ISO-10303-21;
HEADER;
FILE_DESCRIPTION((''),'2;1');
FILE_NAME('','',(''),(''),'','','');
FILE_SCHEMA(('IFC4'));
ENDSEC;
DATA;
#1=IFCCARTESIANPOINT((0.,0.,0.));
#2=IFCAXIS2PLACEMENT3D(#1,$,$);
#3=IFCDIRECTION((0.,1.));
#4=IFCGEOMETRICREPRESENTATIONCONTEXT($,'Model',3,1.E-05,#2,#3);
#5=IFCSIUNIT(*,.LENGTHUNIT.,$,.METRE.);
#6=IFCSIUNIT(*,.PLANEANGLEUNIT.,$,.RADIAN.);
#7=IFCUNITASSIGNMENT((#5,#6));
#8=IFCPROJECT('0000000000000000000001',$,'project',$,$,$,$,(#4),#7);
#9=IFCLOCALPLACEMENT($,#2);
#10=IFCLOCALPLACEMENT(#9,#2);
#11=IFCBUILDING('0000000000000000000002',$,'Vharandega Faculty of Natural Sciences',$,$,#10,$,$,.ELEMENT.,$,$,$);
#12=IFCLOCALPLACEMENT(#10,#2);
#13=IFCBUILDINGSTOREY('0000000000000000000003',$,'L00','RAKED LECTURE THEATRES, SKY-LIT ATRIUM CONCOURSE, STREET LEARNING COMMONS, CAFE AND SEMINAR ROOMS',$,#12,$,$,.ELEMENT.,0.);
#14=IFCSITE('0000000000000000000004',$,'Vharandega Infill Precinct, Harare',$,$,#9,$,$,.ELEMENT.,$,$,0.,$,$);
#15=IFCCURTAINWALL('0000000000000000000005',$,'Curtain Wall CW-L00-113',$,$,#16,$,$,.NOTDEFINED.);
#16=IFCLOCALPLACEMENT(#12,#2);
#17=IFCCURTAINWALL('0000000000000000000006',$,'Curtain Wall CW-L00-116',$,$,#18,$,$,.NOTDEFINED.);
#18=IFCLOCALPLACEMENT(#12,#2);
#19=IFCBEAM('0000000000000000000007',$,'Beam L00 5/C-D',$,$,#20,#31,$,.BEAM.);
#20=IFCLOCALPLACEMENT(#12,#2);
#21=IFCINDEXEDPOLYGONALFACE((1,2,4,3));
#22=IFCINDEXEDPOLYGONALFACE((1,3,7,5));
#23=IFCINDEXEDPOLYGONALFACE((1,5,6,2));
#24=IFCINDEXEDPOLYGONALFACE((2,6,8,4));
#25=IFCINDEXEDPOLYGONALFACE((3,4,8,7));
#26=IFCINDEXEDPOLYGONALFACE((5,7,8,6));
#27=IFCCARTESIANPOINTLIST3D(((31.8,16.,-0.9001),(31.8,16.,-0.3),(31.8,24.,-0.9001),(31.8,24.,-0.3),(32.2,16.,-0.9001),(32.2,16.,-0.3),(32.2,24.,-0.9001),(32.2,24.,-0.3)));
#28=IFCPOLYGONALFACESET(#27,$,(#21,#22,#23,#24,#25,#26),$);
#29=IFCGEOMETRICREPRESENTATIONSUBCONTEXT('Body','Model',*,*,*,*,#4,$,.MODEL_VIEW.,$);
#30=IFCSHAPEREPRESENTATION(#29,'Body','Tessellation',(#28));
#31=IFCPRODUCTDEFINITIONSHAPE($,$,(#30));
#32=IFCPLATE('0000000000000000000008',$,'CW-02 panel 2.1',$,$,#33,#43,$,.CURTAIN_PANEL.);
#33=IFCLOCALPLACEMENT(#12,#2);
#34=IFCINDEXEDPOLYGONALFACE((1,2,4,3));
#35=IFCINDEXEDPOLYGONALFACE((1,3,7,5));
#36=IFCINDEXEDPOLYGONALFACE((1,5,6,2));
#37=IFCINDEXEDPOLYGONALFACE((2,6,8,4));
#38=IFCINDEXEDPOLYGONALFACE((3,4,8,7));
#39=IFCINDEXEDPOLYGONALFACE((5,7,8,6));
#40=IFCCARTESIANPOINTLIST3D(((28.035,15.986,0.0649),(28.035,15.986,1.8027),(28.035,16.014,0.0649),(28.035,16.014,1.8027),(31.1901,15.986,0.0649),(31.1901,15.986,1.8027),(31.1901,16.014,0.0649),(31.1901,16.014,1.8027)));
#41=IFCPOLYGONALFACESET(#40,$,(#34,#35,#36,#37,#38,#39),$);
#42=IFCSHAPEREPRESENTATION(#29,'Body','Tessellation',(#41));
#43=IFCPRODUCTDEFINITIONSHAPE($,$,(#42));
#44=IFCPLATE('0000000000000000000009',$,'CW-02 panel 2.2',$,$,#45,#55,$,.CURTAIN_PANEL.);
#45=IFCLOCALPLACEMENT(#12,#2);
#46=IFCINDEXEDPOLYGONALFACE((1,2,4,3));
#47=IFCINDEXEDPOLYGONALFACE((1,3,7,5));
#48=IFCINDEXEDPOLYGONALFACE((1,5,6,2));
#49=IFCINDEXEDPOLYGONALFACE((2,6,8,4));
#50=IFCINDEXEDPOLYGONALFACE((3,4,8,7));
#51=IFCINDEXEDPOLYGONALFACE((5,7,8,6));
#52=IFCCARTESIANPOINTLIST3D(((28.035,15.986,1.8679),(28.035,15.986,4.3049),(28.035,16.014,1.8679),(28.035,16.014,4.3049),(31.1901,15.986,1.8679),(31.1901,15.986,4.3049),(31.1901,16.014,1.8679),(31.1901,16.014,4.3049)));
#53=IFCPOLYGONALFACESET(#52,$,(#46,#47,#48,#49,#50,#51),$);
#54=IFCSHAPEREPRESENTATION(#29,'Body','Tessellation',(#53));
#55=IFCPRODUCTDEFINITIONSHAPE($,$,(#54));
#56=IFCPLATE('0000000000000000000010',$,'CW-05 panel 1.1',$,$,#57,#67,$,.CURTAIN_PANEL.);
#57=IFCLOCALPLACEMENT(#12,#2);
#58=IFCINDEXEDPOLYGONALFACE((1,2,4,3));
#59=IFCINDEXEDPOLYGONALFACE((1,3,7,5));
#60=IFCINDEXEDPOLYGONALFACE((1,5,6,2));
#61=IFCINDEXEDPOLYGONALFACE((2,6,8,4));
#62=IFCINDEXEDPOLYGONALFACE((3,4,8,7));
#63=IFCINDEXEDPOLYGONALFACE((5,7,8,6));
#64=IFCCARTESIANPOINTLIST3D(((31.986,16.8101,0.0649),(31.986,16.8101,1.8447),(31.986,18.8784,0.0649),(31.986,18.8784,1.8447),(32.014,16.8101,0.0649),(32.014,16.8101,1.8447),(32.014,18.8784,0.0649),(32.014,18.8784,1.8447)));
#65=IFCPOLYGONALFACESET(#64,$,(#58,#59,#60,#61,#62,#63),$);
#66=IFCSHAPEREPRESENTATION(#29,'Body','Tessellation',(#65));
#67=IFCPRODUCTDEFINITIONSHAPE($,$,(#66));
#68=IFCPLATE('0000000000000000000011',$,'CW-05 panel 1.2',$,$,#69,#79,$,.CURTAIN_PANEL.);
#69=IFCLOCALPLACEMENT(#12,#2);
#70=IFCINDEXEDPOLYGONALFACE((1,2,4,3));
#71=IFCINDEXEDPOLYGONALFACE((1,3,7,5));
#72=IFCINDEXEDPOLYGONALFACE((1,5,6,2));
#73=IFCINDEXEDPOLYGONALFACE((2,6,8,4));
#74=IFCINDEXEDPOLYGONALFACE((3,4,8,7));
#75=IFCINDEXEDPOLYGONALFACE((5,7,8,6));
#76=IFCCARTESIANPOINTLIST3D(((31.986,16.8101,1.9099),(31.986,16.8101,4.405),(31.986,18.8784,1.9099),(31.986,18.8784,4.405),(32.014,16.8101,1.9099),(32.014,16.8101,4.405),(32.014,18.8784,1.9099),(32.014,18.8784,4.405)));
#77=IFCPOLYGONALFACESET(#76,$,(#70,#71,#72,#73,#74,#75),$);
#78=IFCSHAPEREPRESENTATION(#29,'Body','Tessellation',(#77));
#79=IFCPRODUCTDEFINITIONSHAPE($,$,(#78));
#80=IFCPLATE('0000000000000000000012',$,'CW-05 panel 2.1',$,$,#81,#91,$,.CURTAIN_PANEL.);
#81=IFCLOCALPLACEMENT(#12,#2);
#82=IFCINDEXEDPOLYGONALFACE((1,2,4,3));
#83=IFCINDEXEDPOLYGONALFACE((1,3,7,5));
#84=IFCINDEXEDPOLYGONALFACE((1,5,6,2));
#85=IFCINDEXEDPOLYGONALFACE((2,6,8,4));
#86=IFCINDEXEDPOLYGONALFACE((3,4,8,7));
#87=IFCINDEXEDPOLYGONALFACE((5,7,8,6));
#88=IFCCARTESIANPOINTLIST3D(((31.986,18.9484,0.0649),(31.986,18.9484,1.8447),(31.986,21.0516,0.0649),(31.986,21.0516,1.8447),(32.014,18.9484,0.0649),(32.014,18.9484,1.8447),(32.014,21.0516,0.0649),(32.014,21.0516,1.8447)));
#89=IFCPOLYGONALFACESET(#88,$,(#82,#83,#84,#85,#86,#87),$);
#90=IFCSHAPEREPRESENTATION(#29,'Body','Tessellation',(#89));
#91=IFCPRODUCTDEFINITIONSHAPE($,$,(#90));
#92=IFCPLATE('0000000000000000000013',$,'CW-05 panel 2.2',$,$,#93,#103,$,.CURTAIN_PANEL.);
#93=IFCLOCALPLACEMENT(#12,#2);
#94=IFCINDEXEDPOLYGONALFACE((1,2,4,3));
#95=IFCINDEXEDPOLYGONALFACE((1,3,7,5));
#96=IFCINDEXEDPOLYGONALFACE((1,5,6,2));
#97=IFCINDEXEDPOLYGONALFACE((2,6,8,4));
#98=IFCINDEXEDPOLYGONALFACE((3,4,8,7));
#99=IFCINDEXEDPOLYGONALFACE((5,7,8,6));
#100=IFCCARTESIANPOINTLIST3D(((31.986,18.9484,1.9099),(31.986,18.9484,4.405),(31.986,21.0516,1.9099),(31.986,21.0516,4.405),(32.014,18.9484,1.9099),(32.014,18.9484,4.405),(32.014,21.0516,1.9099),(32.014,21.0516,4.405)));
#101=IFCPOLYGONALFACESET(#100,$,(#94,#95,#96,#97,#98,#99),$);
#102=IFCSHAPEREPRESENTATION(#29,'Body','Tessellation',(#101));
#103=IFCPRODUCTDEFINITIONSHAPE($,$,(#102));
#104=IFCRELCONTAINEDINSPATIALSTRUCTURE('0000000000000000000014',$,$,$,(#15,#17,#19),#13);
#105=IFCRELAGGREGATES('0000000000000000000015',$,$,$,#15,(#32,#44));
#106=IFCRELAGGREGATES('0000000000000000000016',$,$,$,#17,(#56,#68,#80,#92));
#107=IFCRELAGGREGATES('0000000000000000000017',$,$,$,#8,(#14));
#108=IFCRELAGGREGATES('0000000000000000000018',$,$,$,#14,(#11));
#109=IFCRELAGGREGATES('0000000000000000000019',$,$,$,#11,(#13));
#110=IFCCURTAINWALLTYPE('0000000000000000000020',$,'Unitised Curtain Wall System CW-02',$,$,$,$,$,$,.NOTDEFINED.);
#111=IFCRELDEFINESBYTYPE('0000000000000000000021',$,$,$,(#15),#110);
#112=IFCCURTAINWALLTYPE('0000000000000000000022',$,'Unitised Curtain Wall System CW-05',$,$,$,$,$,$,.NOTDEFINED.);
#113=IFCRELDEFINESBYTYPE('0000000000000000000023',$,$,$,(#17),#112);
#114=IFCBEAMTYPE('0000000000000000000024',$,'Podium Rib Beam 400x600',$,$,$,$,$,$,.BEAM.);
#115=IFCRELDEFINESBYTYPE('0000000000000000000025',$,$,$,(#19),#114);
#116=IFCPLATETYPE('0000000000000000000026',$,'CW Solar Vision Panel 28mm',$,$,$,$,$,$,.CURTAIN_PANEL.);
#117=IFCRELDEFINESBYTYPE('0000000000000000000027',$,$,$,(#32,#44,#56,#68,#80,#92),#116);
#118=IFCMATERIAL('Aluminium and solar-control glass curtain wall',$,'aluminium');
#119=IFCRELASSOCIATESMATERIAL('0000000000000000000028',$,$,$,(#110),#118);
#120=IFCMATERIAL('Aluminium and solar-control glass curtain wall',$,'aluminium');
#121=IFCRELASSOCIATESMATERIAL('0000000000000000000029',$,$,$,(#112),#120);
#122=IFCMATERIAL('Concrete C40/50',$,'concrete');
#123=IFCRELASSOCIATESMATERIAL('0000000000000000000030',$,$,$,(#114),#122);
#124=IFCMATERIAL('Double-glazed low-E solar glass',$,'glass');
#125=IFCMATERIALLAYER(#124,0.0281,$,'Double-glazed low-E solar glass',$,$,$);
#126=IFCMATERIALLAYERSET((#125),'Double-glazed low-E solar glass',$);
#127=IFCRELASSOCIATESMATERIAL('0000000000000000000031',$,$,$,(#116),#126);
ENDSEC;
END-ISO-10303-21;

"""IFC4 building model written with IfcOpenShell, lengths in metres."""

from ifc_helpers import new_model, si_unit, direction, frame, origin, origin_2d, place, context, subcontext, project, spatial, rectangle, extrude, material, layer, layer_set, material_profile, profile_set, type_object, element, aggregate, save


model = new_model("IFC4")

# Units and contexts
model_context = context("Model", 3, precision=1e-05, world=origin(), true_north=direction((0.0, 1.0)))
body_context = subcontext(model_context, "Body", "Model", "MODEL_VIEW")
ifc_project = project(units=[si_unit("LENGTHUNIT", "METRE"), si_unit("PLANEANGLEUNIT", "RADIAN")], contexts=[model_context])

# Site, building, storey
site_placement = place(None, origin())
site = spatial("IfcSite", under=ifc_project, at=site_placement, Name="Vharandega Infill Precinct, Harare", CompositionType="ELEMENT", RefElevation=0.0)
building_placement = place(site_placement, origin())
building = spatial("IfcBuilding", under=site, at=building_placement, Name="Vharandega Faculty of Natural Sciences", CompositionType="ELEMENT")
storey_placement = place(building_placement, origin())
storey = spatial("IfcBuildingStorey", under=building, at=storey_placement, Name="L00", Description="RAKED LECTURE THEATRES, SKY-LIT ATRIUM CONCOURSE, STREET LEARNING COMMONS, CAFE AND SEMINAR ROOMS", CompositionType="ELEMENT", Elevation=0.0)

# Curtain wall
ifc_material_1 = material(Name="Aluminium and solar-control glass curtain wall", Category="aluminium")
curtain_wall_type_1 = type_object("IfcCurtainWallType", Name="Unitised Curtain Wall System CW-02", PredefinedType="NOTDEFINED", material=ifc_material_1)
curtain_wall_1_placement = place(storey_placement, origin())
curtain_wall_1 = element("IfcCurtainWall", 1, at=curtain_wall_1_placement, inside=storey, type_object=curtain_wall_type_1, Name="Curtain Wall CW-L00-113", PredefinedType="NOTDEFINED")

# Curtain wall
ifc_material_2 = material(Name="Aluminium and solar-control glass curtain wall", Category="aluminium")
curtain_wall_type_2 = type_object("IfcCurtainWallType", Name="Unitised Curtain Wall System CW-05", PredefinedType="NOTDEFINED", material=ifc_material_2)
curtain_wall_2_placement = place(storey_placement, origin())
curtain_wall_2 = element("IfcCurtainWall", 2, at=curtain_wall_2_placement, inside=storey, type_object=curtain_wall_type_2, Name="Curtain Wall CW-L00-116", PredefinedType="NOTDEFINED")

# Beam
ifc_material_3 = material(Name="Concrete C40/50", Category="concrete")
ifc_material_profile_1 = material_profile(ifc_material_3, rectangle(XDim=0.3999, YDim=0.6001, at=origin_2d()), Name="RC 400x600")
ifc_profile_set_1 = profile_set([ifc_material_profile_1], Name="Concrete C40/50")
beam_type_1 = type_object("IfcBeamType", Name="Podium Rib Beam 400x600", PredefinedType="BEAM", material=ifc_profile_set_1)
beam_1_placement = place(storey_placement, frame((32.0, 16.0, -0.6001), z_axis=(0.0, 1.0, 0.0), x_axis=(-1.0, 0.0, 0.0)))
element("IfcBeam", 3, at=beam_1_placement, inside=storey, type_object=beam_type_1, Name="Beam L00 5/C-D", PredefinedType="BEAM", context=body_context, shape_type="SweptSolid", body=[
    extrude(rectangle(XDim=0.3999, YDim=0.6001, at=origin_2d()), origin(), (0.0, 0.0, 1.0), 8.0),
])

# Plates
ifc_material_4 = material(Name="Double-glazed low-E solar glass", Category="glass")
ifc_layer = layer(ifc_material_4, 0.0281, Name="Double-glazed low-E solar glass")
ifc_layer_set = layer_set([ifc_layer], Name="Double-glazed low-E solar glass")
plate_type = type_object("IfcPlateType", Name="CW Solar Vision Panel 28mm", PredefinedType="CURTAIN_PANEL", material=ifc_layer_set)
plate_1_placement = place(storey_placement, frame((29.6125, 16.0, 0.0649), z_axis=(0.0, 0.0, 1.0), x_axis=(1.0, 0.0, 0.0)))
plate_1 = element("IfcPlate", 4, at=plate_1_placement, type_object=plate_type, Name="CW-02 panel 2.1", PredefinedType="CURTAIN_PANEL", context=body_context, shape_type="SweptSolid", body=[
    extrude(rectangle(XDim=3.155, YDim=0.0281, at=origin_2d()), origin(), (0.0, 0.0, 1.0), 1.7378),
])
plate_2_placement = place(storey_placement, frame((29.6125, 16.0, 1.8679), z_axis=(0.0, 0.0, 1.0), x_axis=(1.0, 0.0, 0.0)))
plate_2 = element("IfcPlate", 5, at=plate_2_placement, type_object=plate_type, Name="CW-02 panel 2.2", PredefinedType="CURTAIN_PANEL", context=body_context, shape_type="SweptSolid", body=[
    extrude(rectangle(XDim=3.155, YDim=0.0281, at=origin_2d()), origin(), (0.0, 0.0, 1.0), 2.437),
])
aggregate(curtain_wall_1, [plate_1, plate_2])
plate_3_placement = place(storey_placement, frame((32.0, 17.8442, 0.0649), z_axis=(0.0, 0.0, 1.0), x_axis=(0.0, 1.0, 0.0)))
plate_3 = element("IfcPlate", 6, at=plate_3_placement, type_object=plate_type, Name="CW-05 panel 1.1", PredefinedType="CURTAIN_PANEL", context=body_context, shape_type="SweptSolid", body=[
    extrude(rectangle(XDim=2.0684, YDim=0.0281, at=origin_2d()), origin(), (0.0, 0.0, 1.0), 1.7798),
])
plate_4_placement = place(storey_placement, frame((32.0, 17.8442, 1.9099), z_axis=(0.0, 0.0, 1.0), x_axis=(0.0, 1.0, 0.0)))
plate_4 = element("IfcPlate", 7, at=plate_4_placement, type_object=plate_type, Name="CW-05 panel 1.2", PredefinedType="CURTAIN_PANEL", context=body_context, shape_type="SweptSolid", body=[
    extrude(rectangle(XDim=2.0684, YDim=0.0281, at=origin_2d()), origin(), (0.0, 0.0, 1.0), 2.4951),
])
plate_5_placement = place(storey_placement, frame((32.0, 20.0, 0.0649), z_axis=(0.0, 0.0, 1.0), x_axis=(0.0, 1.0, 0.0)))
plate_5 = element("IfcPlate", 8, at=plate_5_placement, type_object=plate_type, Name="CW-05 panel 2.1", PredefinedType="CURTAIN_PANEL", context=body_context, shape_type="SweptSolid", body=[
    extrude(rectangle(XDim=2.1033, YDim=0.0281, at=origin_2d()), origin(), (0.0, 0.0, 1.0), 1.7798),
])
plate_6_placement = place(storey_placement, frame((32.0, 20.0, 1.9099), z_axis=(0.0, 0.0, 1.0), x_axis=(0.0, 1.0, 0.0)))
plate_6 = element("IfcPlate", 9, at=plate_6_placement, type_object=plate_type, Name="CW-05 panel 2.2", PredefinedType="CURTAIN_PANEL", context=body_context, shape_type="SweptSolid", body=[
    extrude(rectangle(XDim=2.1033, YDim=0.0281, at=origin_2d()), origin(), (0.0, 0.0, 1.0), 2.4951),
])
aggregate(curtain_wall_2, [plate_3, plate_4, plate_5, plate_6])

save(model, "model.ifc")
